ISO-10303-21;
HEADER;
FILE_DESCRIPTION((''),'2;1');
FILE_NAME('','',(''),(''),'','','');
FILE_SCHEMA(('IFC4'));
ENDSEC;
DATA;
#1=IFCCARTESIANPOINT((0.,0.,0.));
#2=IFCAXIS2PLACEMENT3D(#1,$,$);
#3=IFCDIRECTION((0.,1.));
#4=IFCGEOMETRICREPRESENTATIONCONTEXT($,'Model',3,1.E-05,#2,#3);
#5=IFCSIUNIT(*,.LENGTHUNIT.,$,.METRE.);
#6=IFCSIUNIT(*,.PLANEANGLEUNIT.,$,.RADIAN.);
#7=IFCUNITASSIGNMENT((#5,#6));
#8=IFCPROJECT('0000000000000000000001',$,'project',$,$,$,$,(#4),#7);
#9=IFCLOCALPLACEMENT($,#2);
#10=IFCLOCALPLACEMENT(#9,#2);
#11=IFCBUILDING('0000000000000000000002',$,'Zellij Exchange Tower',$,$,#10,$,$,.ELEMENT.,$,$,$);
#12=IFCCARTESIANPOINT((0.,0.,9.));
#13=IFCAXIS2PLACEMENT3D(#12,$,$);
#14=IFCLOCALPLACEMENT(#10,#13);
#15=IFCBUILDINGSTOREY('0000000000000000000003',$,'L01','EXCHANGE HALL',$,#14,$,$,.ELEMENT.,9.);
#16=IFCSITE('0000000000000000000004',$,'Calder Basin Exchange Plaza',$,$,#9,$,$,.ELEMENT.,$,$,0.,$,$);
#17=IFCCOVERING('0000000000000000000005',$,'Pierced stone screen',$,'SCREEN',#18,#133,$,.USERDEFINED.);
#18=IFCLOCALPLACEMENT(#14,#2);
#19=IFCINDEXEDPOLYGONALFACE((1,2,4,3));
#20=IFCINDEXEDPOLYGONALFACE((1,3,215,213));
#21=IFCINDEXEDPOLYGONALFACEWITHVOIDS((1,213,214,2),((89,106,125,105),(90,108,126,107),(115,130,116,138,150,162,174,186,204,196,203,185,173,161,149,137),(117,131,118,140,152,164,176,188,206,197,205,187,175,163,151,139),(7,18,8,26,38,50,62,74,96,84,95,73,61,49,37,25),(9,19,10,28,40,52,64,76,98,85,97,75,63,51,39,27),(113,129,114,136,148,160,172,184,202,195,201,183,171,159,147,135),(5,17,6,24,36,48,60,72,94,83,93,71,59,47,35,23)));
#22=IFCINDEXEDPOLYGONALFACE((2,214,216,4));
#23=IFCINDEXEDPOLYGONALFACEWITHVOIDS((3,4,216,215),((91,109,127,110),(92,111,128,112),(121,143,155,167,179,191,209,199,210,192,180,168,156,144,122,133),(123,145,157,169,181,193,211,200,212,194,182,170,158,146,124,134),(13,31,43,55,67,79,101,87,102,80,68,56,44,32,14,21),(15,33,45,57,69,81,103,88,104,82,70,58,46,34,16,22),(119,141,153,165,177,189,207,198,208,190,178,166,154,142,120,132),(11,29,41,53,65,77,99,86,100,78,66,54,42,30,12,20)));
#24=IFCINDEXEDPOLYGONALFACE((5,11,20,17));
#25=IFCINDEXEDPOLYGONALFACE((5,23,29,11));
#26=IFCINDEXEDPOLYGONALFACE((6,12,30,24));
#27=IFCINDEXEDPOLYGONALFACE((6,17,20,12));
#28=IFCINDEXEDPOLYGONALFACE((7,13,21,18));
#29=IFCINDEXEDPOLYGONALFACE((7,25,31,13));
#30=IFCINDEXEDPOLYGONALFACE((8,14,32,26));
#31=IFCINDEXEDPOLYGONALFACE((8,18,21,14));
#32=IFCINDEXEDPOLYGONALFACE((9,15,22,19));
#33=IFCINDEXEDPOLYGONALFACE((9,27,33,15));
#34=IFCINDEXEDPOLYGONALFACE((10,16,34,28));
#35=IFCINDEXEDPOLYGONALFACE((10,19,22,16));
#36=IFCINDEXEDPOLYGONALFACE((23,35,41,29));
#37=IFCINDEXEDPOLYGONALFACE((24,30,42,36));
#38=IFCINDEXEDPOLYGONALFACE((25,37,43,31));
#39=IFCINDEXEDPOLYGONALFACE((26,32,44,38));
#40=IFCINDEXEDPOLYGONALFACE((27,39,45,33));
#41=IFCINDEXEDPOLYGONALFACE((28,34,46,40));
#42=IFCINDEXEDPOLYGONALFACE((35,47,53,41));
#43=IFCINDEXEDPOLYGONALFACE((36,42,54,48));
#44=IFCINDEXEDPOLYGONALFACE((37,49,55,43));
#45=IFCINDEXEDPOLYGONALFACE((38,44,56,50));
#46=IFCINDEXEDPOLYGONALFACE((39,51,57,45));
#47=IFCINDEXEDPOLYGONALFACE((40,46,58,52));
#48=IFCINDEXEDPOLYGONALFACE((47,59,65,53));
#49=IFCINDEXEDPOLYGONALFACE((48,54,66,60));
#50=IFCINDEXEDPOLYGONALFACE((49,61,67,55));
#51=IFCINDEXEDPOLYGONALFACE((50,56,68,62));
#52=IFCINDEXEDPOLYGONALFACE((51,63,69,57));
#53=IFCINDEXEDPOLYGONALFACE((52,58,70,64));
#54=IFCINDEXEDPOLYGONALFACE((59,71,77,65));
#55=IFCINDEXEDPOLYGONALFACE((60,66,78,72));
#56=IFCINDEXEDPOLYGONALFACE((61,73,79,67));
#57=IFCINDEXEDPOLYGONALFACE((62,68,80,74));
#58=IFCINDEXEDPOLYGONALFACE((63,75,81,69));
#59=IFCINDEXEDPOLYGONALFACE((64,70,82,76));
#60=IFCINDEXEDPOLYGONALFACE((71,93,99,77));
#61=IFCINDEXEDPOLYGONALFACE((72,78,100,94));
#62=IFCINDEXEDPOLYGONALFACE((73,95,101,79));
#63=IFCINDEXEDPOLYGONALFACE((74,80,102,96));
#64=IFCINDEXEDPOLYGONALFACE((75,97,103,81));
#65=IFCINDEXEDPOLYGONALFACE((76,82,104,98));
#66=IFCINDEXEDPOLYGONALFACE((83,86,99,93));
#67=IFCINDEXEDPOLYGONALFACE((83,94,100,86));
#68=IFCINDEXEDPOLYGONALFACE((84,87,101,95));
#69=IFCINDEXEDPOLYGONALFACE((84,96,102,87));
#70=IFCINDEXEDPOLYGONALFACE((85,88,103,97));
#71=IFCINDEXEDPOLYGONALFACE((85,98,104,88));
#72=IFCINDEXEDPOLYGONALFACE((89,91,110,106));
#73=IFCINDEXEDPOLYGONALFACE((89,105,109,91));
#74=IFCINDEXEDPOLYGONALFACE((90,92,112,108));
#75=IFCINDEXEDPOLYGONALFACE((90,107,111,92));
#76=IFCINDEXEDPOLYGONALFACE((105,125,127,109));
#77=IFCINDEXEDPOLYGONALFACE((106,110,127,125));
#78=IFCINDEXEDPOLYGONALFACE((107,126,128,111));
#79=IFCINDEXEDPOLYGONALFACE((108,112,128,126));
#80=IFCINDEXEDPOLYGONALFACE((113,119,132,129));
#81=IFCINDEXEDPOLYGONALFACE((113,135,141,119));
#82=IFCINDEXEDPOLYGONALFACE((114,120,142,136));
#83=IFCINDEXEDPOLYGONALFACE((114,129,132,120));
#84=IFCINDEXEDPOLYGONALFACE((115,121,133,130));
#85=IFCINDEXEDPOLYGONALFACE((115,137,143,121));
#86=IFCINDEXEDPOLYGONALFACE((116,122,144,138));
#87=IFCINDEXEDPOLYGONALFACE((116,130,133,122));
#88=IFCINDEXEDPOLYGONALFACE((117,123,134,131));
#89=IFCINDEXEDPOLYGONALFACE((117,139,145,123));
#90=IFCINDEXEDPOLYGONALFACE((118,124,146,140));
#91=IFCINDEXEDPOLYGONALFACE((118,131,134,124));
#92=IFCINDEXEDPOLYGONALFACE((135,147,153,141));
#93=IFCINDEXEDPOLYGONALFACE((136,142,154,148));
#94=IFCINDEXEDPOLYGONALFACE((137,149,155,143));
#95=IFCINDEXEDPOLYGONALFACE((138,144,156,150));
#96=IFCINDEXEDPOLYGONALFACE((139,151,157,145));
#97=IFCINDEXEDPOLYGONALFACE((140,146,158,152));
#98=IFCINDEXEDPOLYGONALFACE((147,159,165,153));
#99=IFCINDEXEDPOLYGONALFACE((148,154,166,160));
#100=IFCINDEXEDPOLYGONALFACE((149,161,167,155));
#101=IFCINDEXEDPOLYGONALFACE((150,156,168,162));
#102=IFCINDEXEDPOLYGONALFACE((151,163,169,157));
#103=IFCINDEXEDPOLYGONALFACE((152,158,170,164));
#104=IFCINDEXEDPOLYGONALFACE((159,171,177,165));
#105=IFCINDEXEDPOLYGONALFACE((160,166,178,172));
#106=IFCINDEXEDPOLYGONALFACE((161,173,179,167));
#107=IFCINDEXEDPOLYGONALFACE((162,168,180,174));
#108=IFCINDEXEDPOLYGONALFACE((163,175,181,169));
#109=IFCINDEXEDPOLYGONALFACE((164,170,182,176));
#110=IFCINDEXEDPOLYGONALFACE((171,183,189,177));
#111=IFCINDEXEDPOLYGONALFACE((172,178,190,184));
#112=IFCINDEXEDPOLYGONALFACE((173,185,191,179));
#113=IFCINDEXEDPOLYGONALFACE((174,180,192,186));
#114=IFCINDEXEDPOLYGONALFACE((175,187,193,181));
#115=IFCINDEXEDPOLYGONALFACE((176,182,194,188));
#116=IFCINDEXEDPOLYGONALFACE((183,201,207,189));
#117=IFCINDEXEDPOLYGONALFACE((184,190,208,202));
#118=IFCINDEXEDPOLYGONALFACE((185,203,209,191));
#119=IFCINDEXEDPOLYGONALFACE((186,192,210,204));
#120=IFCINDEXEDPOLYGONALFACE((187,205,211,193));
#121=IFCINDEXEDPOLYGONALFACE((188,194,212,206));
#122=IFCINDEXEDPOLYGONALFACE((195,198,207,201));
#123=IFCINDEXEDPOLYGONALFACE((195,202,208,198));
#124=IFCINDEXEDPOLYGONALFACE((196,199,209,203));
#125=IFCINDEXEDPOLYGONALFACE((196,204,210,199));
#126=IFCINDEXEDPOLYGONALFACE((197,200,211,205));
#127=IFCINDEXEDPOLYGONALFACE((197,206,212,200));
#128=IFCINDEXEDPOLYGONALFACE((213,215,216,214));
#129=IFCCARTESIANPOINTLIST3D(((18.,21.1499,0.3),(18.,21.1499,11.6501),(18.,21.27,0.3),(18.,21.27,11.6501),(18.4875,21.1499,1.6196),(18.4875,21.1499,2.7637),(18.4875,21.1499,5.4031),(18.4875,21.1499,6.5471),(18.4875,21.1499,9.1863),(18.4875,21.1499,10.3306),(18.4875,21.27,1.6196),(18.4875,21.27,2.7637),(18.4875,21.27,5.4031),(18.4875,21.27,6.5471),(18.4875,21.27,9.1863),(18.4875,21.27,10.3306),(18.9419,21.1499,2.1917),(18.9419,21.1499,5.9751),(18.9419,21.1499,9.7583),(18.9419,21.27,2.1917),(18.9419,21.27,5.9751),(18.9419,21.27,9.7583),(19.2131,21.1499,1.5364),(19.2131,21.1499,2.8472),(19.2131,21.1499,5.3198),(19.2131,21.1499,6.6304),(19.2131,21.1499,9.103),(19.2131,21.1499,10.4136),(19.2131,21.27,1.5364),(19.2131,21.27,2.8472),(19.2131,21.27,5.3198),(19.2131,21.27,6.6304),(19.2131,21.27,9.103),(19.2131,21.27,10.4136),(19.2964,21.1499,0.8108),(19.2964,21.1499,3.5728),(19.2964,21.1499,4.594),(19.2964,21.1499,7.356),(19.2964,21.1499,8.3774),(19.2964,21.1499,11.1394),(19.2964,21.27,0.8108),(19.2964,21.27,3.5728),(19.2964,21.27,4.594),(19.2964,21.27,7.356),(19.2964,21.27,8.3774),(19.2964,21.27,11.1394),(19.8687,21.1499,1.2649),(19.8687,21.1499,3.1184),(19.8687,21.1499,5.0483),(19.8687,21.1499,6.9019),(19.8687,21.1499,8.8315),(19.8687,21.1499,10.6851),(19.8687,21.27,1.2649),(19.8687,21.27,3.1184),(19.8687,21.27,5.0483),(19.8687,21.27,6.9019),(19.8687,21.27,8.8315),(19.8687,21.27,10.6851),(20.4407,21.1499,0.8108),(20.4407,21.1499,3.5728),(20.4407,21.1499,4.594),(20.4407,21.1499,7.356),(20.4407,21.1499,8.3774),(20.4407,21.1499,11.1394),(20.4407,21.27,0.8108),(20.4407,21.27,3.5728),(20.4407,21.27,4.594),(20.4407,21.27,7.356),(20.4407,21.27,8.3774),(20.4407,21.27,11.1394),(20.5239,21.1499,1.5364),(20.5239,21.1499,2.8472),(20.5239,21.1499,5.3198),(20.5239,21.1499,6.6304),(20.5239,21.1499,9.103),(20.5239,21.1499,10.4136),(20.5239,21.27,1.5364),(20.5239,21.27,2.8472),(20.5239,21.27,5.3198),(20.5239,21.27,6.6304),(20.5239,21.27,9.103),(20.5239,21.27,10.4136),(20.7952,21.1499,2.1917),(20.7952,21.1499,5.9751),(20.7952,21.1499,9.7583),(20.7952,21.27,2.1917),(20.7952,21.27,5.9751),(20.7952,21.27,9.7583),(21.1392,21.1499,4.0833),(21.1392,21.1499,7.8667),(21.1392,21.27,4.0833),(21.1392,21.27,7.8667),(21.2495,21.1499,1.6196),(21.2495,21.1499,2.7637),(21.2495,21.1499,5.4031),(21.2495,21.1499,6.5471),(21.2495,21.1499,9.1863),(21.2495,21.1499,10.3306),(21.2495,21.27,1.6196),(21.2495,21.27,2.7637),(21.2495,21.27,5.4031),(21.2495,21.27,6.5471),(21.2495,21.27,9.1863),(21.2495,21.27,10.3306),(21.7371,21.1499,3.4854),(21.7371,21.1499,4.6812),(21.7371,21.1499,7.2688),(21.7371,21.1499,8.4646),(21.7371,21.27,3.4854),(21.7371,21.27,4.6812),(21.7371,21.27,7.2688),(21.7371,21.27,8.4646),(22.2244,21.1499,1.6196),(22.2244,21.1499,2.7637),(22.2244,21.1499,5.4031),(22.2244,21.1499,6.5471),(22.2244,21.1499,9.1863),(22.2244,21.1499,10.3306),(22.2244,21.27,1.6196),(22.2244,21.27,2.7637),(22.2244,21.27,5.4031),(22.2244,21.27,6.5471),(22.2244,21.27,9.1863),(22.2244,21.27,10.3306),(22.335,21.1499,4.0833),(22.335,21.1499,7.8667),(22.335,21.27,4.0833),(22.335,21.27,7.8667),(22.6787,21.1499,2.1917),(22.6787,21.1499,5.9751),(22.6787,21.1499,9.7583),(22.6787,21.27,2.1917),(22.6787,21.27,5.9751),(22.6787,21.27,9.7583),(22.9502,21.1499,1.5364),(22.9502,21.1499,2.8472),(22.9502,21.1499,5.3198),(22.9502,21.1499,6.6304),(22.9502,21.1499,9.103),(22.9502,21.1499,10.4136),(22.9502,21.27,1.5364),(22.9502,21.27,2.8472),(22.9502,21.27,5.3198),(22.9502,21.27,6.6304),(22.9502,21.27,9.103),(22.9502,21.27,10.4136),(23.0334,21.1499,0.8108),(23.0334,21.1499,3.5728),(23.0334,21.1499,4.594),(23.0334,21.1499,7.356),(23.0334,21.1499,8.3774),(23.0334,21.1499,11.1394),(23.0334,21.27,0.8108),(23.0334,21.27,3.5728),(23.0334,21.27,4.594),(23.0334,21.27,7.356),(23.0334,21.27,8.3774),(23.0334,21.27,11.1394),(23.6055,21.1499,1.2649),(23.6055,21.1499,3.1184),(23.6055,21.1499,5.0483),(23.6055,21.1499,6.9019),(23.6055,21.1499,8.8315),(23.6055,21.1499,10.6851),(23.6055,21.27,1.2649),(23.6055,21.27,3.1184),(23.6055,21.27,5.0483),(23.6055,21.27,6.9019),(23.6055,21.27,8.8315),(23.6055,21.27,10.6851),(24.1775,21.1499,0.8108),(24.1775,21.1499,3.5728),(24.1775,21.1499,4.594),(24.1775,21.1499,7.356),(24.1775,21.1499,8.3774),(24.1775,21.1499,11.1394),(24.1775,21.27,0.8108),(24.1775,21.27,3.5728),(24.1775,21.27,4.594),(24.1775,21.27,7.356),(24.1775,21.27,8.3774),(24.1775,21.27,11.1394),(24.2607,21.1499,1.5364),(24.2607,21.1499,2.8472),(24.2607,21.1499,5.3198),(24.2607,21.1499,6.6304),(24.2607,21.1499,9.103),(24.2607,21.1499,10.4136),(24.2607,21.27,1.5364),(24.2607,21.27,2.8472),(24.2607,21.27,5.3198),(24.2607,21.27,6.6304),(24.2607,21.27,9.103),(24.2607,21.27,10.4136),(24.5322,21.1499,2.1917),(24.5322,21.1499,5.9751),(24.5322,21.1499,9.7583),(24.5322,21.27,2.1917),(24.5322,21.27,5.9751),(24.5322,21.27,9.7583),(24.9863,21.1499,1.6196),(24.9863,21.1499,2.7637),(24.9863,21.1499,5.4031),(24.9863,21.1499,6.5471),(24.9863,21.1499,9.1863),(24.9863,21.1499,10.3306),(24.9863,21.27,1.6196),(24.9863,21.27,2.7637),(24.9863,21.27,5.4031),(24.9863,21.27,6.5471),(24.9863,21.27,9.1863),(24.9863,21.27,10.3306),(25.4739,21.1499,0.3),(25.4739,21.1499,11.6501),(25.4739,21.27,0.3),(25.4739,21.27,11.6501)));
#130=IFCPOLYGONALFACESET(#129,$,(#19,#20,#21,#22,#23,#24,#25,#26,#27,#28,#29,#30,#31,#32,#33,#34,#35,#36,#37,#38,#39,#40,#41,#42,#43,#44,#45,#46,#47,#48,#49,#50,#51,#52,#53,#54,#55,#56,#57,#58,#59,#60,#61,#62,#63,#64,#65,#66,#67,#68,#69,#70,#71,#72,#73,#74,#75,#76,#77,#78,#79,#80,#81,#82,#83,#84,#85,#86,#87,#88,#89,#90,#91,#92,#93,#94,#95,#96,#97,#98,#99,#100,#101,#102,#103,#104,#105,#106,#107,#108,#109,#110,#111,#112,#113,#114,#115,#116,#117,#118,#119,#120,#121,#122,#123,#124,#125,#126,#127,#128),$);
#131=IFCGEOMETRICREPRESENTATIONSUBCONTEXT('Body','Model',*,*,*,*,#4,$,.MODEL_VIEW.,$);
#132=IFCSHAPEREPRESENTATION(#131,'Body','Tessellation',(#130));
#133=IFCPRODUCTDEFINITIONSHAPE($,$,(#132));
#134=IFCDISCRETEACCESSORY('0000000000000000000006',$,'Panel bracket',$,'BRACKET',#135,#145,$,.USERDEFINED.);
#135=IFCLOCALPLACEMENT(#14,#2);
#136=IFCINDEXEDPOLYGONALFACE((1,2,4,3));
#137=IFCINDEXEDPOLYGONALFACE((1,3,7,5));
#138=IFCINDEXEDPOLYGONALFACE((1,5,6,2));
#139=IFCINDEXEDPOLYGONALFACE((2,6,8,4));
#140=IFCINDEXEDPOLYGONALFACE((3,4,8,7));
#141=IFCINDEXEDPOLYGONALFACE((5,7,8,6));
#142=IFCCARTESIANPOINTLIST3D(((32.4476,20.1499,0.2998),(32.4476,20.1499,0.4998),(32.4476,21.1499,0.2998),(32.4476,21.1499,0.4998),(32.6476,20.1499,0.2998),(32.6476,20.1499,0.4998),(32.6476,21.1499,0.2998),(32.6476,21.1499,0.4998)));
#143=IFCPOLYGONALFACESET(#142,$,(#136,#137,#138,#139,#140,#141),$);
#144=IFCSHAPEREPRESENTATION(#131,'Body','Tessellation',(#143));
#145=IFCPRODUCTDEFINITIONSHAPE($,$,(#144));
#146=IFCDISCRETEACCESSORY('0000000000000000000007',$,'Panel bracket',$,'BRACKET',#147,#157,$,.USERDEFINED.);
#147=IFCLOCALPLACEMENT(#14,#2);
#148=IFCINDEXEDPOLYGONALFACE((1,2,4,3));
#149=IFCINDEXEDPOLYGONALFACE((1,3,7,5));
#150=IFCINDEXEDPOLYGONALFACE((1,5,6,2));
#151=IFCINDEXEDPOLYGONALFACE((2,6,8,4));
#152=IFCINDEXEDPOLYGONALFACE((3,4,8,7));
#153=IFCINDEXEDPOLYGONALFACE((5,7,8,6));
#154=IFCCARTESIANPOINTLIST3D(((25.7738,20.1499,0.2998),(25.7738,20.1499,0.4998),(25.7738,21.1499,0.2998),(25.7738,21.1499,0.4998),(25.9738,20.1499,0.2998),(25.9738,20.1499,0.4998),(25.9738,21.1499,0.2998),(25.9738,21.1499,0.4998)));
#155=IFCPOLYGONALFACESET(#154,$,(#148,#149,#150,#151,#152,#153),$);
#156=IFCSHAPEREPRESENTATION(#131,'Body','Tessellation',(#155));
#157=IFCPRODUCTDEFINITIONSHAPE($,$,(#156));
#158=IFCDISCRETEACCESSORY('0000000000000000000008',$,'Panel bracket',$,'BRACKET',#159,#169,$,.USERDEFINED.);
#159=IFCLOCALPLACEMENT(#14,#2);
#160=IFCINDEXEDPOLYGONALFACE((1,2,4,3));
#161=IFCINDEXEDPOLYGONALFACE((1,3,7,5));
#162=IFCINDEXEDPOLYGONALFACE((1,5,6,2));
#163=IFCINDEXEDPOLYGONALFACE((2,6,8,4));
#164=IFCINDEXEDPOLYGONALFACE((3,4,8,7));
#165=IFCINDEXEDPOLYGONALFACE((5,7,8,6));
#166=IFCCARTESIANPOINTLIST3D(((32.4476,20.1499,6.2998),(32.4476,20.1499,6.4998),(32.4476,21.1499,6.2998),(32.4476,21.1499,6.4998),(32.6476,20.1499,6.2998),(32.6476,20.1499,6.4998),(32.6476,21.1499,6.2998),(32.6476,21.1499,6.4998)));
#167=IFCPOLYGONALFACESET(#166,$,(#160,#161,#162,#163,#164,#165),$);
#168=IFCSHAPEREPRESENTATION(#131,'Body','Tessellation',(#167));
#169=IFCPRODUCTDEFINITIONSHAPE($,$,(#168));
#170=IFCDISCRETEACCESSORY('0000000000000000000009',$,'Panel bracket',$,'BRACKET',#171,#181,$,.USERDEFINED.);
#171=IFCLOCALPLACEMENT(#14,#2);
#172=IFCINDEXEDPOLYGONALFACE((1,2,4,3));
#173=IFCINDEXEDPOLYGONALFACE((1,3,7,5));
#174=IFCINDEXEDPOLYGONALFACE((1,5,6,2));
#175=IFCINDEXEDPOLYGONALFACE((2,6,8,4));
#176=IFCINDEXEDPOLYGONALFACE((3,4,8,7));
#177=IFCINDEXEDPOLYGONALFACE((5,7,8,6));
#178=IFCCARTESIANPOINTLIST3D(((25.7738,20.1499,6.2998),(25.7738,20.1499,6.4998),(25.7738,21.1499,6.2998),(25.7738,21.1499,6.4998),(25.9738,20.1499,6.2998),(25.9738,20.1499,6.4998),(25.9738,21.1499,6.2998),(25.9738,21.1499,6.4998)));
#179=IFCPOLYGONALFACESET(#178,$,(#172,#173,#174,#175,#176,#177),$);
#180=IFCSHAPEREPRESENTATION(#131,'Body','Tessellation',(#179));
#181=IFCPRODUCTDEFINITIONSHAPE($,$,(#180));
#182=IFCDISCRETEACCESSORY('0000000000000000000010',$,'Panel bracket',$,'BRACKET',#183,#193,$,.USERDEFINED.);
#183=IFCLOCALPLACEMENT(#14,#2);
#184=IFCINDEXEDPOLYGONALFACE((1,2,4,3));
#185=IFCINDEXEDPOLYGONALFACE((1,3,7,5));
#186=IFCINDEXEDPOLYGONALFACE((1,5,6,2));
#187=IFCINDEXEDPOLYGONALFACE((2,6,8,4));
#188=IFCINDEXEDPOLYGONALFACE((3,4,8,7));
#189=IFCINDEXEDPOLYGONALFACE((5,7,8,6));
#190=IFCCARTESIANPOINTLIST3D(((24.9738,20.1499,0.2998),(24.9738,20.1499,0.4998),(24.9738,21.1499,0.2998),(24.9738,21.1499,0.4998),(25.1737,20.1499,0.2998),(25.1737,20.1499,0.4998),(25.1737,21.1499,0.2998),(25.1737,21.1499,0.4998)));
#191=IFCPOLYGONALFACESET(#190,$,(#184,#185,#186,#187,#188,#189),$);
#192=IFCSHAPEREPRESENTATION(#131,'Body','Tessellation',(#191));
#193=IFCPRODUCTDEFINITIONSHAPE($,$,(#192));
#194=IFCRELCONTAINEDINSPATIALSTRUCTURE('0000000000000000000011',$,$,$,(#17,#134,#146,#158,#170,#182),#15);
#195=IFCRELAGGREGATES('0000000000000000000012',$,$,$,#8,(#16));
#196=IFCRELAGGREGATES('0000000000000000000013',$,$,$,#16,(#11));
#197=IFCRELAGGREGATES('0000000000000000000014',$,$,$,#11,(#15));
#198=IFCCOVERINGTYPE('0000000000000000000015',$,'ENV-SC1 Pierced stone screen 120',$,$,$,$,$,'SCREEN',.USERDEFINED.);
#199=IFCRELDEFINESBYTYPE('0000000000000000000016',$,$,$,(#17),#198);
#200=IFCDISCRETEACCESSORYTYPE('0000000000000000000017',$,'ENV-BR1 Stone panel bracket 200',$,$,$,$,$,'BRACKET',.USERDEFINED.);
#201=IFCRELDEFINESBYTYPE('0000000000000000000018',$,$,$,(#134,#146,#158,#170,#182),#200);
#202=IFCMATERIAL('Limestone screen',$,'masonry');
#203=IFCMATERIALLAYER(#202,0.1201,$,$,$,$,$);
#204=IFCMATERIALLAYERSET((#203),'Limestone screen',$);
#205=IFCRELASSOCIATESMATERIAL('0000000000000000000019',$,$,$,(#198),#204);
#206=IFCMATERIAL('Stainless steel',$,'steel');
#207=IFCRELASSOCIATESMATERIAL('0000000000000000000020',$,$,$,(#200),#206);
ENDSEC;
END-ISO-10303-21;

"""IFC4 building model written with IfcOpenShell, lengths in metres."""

from ifc_helpers import new_model, si_unit, direction, frame, origin, origin_2d, place, context, subcontext, project, spatial, polyline, rectangle, outline, extrude, material, layer, layer_set, type_object, element, save


model = new_model("IFC4")

# Units and contexts
model_context = context("Model", 3, precision=1e-05, world=origin(), true_north=direction((0.0, 1.0)))
body_context = subcontext(model_context, "Body", "Model", "MODEL_VIEW")
ifc_project = project(units=[si_unit("LENGTHUNIT", "METRE"), si_unit("PLANEANGLEUNIT", "RADIAN")], contexts=[model_context])

# Site, building, storey
site_placement = place(None, origin())
site = spatial("IfcSite", under=ifc_project, at=site_placement, Name="Calder Basin Exchange Plaza", CompositionType="ELEMENT", RefElevation=0.0)
building_placement = place(site_placement, origin())
building = spatial("IfcBuilding", under=site, at=building_placement, Name="Zellij Exchange Tower", CompositionType="ELEMENT")
storey_placement = place(building_placement, frame((0.0, 0.0, 9.0)))
storey = spatial("IfcBuildingStorey", under=building, at=storey_placement, Name="L01", Description="EXCHANGE HALL", CompositionType="ELEMENT", Elevation=9.0)

# Covering
ifc_material_1 = material(Name="Limestone screen", Category="masonry")
ifc_layer_1 = layer(ifc_material_1, 0.1201)
ifc_layer_set_1 = layer_set([ifc_layer_1], Name="Limestone screen")
covering_type = type_object("IfcCoveringType", Name="ENV-SC1 Pierced stone screen 120", ElementType="SCREEN", PredefinedType="USERDEFINED", material=ifc_layer_set_1)
covering_1_placement = place(storey_placement, frame((25.4739, 21.21, 0.3), z_axis=(0.0, 0.0, 1.0), x_axis=(-1.0, 0.0, 0.0)))
element("IfcCovering", 1, at=covering_1_placement, inside=storey, type_object=covering_type, Name="Pierced stone screen", ObjectType="SCREEN", PredefinedType="USERDEFINED", context=body_context, shape_type="SweptSolid", body=[
    extrude(outline(polyline([(0.0, 0.0), (7.4739, 0.0), (7.4739, 11.3501), (0.0, 11.3501), (0.0, 0.0)]), holes=[polyline([(3.2495, 2.4636), (2.5237, 2.5471), (2.4404, 3.2727), (1.8684, 2.8184), (1.2964, 3.2727), (1.2131, 2.5471), (0.4875, 2.4636), (0.9417, 1.8916), (0.4875, 1.3196), (1.2131, 1.2363), (1.2964, 0.5107), (1.8684, 0.9648), (2.4404, 0.5107), (2.5237, 1.2363), (3.2495, 1.3196), (2.7952, 1.8916), (3.2495, 2.4636)]), polyline([(3.2495, 6.2471), (2.5237, 6.3303), (2.4404, 7.0559), (1.8684, 6.6018), (1.2964, 7.0559), (1.2131, 6.3303), (0.4875, 6.2471), (0.9417, 5.675), (0.4875, 5.103), (1.2131, 5.0198), (1.2964, 4.2939), (1.8684, 4.7483), (2.4404, 4.2939), (2.5237, 5.0198), (3.2495, 5.103), (2.7952, 5.675), (3.2495, 6.2471)]), polyline([(3.2495, 10.0305), (2.5237, 10.1135), (2.4404, 10.8394), (1.8684, 10.385), (1.2964, 10.8394), (1.2131, 10.1135), (0.4875, 10.0305), (0.9417, 9.4583), (0.4875, 8.8862), (1.2131, 8.803), (1.2964, 8.0774), (1.8684, 8.5315), (2.4404, 8.0774), (2.5237, 8.803), (3.2495, 8.8862), (2.7952, 9.4583), (3.2495, 10.0305)]), polyline([(6.9863, 2.4636), (6.2607, 2.5471), (6.1775, 3.2727), (5.6052, 2.8184), (5.0332, 3.2727), (4.95, 2.5471), (4.2244, 2.4636), (4.6787, 1.8916), (4.2244, 1.3196), (4.95, 1.2363), (5.0332, 0.5107), (5.6052, 0.9648), (6.1775, 0.5107), (6.2607, 1.2363), (6.9863, 1.3196), (6.532, 1.8916), (6.9863, 2.4636)]), polyline([(6.9863, 6.2471), (6.2607, 6.3303), (6.1775, 7.0559), (5.6052, 6.6018), (5.0332, 7.0559), (4.95, 6.3303), (4.2244, 6.2471), (4.6787, 5.675), (4.2244, 5.103), (4.95, 5.0198), (5.0332, 4.2939), (5.6052, 4.7483), (6.1775, 4.2939), (6.2607, 5.0198), (6.9863, 5.103), (6.532, 5.675), (6.9863, 6.2471)]), polyline([(6.9863, 10.0305), (6.2607, 10.1135), (6.1775, 10.8394), (5.6052, 10.385), (5.0332, 10.8394), (4.95, 10.1135), (4.2244, 10.0305), (4.6787, 9.4583), (4.2244, 8.8862), (4.95, 8.803), (5.0332, 8.0774), (5.6052, 8.5315), (6.1775, 8.0774), (6.2607, 8.803), (6.9863, 8.8862), (6.532, 9.4583), (6.9863, 10.0305)]), polyline([(4.3347, 3.7832), (3.7368, 4.3811), (3.1389, 3.7832), (3.7368, 3.1853), (4.3347, 3.7832)]), polyline([(4.3347, 7.5667), (3.7368, 8.1646), (3.1389, 7.5667), (3.7368, 6.9688), (4.3347, 7.5667)])]), frame((0.0, 0.0601, 0.0), z_axis=(0.0, -1.0, 0.0), x_axis=(1.0, 0.0, 0.0)), (0.0, 0.0, 1.0), 0.1201),
])

# Discrete accessories
ifc_material_2 = material(Name="Stainless steel", Category="steel")
discrete_accessory_type = type_object("IfcDiscreteAccessoryType", Name="ENV-BR1 Stone panel bracket 200", ElementType="BRACKET", PredefinedType="USERDEFINED", material=ifc_material_2)
for number, where, z_axis, x_axis, name in (
    (2, (32.5476, 20.6499, 0.2998), (0.0, 0.0, 1.0), (-1.0, 0.0, 0.0), "Panel bracket"),
    (3, (25.8738, 20.6499, 0.2998), (0.0, 0.0, 1.0), (-1.0, 0.0, 0.0), "Panel bracket"),
    (4, (32.5476, 20.6499, 6.2998), (0.0, 0.0, 1.0), (-1.0, 0.0, 0.0), "Panel bracket"),
    (5, (25.8738, 20.6499, 6.2998), (0.0, 0.0, 1.0), (-1.0, 0.0, 0.0), "Panel bracket"),
    (6, (25.0737, 20.6499, 0.2998), (0.0, 0.0, 1.0), (-1.0, 0.0, 0.0), "Panel bracket"),
):
    element("IfcDiscreteAccessory", number, at=place(storey_placement, frame(where, z_axis=z_axis, x_axis=x_axis)), inside=storey, type_object=discrete_accessory_type, Name=name, ObjectType="BRACKET", PredefinedType="USERDEFINED", context=body_context, shape_type="SweptSolid", body=[
        extrude(rectangle(XDim=0.2, YDim=1.0, at=origin_2d()), origin(), (0.0, 0.0, 1.0), 0.2),
    ])

save(model, "model.ifc")
